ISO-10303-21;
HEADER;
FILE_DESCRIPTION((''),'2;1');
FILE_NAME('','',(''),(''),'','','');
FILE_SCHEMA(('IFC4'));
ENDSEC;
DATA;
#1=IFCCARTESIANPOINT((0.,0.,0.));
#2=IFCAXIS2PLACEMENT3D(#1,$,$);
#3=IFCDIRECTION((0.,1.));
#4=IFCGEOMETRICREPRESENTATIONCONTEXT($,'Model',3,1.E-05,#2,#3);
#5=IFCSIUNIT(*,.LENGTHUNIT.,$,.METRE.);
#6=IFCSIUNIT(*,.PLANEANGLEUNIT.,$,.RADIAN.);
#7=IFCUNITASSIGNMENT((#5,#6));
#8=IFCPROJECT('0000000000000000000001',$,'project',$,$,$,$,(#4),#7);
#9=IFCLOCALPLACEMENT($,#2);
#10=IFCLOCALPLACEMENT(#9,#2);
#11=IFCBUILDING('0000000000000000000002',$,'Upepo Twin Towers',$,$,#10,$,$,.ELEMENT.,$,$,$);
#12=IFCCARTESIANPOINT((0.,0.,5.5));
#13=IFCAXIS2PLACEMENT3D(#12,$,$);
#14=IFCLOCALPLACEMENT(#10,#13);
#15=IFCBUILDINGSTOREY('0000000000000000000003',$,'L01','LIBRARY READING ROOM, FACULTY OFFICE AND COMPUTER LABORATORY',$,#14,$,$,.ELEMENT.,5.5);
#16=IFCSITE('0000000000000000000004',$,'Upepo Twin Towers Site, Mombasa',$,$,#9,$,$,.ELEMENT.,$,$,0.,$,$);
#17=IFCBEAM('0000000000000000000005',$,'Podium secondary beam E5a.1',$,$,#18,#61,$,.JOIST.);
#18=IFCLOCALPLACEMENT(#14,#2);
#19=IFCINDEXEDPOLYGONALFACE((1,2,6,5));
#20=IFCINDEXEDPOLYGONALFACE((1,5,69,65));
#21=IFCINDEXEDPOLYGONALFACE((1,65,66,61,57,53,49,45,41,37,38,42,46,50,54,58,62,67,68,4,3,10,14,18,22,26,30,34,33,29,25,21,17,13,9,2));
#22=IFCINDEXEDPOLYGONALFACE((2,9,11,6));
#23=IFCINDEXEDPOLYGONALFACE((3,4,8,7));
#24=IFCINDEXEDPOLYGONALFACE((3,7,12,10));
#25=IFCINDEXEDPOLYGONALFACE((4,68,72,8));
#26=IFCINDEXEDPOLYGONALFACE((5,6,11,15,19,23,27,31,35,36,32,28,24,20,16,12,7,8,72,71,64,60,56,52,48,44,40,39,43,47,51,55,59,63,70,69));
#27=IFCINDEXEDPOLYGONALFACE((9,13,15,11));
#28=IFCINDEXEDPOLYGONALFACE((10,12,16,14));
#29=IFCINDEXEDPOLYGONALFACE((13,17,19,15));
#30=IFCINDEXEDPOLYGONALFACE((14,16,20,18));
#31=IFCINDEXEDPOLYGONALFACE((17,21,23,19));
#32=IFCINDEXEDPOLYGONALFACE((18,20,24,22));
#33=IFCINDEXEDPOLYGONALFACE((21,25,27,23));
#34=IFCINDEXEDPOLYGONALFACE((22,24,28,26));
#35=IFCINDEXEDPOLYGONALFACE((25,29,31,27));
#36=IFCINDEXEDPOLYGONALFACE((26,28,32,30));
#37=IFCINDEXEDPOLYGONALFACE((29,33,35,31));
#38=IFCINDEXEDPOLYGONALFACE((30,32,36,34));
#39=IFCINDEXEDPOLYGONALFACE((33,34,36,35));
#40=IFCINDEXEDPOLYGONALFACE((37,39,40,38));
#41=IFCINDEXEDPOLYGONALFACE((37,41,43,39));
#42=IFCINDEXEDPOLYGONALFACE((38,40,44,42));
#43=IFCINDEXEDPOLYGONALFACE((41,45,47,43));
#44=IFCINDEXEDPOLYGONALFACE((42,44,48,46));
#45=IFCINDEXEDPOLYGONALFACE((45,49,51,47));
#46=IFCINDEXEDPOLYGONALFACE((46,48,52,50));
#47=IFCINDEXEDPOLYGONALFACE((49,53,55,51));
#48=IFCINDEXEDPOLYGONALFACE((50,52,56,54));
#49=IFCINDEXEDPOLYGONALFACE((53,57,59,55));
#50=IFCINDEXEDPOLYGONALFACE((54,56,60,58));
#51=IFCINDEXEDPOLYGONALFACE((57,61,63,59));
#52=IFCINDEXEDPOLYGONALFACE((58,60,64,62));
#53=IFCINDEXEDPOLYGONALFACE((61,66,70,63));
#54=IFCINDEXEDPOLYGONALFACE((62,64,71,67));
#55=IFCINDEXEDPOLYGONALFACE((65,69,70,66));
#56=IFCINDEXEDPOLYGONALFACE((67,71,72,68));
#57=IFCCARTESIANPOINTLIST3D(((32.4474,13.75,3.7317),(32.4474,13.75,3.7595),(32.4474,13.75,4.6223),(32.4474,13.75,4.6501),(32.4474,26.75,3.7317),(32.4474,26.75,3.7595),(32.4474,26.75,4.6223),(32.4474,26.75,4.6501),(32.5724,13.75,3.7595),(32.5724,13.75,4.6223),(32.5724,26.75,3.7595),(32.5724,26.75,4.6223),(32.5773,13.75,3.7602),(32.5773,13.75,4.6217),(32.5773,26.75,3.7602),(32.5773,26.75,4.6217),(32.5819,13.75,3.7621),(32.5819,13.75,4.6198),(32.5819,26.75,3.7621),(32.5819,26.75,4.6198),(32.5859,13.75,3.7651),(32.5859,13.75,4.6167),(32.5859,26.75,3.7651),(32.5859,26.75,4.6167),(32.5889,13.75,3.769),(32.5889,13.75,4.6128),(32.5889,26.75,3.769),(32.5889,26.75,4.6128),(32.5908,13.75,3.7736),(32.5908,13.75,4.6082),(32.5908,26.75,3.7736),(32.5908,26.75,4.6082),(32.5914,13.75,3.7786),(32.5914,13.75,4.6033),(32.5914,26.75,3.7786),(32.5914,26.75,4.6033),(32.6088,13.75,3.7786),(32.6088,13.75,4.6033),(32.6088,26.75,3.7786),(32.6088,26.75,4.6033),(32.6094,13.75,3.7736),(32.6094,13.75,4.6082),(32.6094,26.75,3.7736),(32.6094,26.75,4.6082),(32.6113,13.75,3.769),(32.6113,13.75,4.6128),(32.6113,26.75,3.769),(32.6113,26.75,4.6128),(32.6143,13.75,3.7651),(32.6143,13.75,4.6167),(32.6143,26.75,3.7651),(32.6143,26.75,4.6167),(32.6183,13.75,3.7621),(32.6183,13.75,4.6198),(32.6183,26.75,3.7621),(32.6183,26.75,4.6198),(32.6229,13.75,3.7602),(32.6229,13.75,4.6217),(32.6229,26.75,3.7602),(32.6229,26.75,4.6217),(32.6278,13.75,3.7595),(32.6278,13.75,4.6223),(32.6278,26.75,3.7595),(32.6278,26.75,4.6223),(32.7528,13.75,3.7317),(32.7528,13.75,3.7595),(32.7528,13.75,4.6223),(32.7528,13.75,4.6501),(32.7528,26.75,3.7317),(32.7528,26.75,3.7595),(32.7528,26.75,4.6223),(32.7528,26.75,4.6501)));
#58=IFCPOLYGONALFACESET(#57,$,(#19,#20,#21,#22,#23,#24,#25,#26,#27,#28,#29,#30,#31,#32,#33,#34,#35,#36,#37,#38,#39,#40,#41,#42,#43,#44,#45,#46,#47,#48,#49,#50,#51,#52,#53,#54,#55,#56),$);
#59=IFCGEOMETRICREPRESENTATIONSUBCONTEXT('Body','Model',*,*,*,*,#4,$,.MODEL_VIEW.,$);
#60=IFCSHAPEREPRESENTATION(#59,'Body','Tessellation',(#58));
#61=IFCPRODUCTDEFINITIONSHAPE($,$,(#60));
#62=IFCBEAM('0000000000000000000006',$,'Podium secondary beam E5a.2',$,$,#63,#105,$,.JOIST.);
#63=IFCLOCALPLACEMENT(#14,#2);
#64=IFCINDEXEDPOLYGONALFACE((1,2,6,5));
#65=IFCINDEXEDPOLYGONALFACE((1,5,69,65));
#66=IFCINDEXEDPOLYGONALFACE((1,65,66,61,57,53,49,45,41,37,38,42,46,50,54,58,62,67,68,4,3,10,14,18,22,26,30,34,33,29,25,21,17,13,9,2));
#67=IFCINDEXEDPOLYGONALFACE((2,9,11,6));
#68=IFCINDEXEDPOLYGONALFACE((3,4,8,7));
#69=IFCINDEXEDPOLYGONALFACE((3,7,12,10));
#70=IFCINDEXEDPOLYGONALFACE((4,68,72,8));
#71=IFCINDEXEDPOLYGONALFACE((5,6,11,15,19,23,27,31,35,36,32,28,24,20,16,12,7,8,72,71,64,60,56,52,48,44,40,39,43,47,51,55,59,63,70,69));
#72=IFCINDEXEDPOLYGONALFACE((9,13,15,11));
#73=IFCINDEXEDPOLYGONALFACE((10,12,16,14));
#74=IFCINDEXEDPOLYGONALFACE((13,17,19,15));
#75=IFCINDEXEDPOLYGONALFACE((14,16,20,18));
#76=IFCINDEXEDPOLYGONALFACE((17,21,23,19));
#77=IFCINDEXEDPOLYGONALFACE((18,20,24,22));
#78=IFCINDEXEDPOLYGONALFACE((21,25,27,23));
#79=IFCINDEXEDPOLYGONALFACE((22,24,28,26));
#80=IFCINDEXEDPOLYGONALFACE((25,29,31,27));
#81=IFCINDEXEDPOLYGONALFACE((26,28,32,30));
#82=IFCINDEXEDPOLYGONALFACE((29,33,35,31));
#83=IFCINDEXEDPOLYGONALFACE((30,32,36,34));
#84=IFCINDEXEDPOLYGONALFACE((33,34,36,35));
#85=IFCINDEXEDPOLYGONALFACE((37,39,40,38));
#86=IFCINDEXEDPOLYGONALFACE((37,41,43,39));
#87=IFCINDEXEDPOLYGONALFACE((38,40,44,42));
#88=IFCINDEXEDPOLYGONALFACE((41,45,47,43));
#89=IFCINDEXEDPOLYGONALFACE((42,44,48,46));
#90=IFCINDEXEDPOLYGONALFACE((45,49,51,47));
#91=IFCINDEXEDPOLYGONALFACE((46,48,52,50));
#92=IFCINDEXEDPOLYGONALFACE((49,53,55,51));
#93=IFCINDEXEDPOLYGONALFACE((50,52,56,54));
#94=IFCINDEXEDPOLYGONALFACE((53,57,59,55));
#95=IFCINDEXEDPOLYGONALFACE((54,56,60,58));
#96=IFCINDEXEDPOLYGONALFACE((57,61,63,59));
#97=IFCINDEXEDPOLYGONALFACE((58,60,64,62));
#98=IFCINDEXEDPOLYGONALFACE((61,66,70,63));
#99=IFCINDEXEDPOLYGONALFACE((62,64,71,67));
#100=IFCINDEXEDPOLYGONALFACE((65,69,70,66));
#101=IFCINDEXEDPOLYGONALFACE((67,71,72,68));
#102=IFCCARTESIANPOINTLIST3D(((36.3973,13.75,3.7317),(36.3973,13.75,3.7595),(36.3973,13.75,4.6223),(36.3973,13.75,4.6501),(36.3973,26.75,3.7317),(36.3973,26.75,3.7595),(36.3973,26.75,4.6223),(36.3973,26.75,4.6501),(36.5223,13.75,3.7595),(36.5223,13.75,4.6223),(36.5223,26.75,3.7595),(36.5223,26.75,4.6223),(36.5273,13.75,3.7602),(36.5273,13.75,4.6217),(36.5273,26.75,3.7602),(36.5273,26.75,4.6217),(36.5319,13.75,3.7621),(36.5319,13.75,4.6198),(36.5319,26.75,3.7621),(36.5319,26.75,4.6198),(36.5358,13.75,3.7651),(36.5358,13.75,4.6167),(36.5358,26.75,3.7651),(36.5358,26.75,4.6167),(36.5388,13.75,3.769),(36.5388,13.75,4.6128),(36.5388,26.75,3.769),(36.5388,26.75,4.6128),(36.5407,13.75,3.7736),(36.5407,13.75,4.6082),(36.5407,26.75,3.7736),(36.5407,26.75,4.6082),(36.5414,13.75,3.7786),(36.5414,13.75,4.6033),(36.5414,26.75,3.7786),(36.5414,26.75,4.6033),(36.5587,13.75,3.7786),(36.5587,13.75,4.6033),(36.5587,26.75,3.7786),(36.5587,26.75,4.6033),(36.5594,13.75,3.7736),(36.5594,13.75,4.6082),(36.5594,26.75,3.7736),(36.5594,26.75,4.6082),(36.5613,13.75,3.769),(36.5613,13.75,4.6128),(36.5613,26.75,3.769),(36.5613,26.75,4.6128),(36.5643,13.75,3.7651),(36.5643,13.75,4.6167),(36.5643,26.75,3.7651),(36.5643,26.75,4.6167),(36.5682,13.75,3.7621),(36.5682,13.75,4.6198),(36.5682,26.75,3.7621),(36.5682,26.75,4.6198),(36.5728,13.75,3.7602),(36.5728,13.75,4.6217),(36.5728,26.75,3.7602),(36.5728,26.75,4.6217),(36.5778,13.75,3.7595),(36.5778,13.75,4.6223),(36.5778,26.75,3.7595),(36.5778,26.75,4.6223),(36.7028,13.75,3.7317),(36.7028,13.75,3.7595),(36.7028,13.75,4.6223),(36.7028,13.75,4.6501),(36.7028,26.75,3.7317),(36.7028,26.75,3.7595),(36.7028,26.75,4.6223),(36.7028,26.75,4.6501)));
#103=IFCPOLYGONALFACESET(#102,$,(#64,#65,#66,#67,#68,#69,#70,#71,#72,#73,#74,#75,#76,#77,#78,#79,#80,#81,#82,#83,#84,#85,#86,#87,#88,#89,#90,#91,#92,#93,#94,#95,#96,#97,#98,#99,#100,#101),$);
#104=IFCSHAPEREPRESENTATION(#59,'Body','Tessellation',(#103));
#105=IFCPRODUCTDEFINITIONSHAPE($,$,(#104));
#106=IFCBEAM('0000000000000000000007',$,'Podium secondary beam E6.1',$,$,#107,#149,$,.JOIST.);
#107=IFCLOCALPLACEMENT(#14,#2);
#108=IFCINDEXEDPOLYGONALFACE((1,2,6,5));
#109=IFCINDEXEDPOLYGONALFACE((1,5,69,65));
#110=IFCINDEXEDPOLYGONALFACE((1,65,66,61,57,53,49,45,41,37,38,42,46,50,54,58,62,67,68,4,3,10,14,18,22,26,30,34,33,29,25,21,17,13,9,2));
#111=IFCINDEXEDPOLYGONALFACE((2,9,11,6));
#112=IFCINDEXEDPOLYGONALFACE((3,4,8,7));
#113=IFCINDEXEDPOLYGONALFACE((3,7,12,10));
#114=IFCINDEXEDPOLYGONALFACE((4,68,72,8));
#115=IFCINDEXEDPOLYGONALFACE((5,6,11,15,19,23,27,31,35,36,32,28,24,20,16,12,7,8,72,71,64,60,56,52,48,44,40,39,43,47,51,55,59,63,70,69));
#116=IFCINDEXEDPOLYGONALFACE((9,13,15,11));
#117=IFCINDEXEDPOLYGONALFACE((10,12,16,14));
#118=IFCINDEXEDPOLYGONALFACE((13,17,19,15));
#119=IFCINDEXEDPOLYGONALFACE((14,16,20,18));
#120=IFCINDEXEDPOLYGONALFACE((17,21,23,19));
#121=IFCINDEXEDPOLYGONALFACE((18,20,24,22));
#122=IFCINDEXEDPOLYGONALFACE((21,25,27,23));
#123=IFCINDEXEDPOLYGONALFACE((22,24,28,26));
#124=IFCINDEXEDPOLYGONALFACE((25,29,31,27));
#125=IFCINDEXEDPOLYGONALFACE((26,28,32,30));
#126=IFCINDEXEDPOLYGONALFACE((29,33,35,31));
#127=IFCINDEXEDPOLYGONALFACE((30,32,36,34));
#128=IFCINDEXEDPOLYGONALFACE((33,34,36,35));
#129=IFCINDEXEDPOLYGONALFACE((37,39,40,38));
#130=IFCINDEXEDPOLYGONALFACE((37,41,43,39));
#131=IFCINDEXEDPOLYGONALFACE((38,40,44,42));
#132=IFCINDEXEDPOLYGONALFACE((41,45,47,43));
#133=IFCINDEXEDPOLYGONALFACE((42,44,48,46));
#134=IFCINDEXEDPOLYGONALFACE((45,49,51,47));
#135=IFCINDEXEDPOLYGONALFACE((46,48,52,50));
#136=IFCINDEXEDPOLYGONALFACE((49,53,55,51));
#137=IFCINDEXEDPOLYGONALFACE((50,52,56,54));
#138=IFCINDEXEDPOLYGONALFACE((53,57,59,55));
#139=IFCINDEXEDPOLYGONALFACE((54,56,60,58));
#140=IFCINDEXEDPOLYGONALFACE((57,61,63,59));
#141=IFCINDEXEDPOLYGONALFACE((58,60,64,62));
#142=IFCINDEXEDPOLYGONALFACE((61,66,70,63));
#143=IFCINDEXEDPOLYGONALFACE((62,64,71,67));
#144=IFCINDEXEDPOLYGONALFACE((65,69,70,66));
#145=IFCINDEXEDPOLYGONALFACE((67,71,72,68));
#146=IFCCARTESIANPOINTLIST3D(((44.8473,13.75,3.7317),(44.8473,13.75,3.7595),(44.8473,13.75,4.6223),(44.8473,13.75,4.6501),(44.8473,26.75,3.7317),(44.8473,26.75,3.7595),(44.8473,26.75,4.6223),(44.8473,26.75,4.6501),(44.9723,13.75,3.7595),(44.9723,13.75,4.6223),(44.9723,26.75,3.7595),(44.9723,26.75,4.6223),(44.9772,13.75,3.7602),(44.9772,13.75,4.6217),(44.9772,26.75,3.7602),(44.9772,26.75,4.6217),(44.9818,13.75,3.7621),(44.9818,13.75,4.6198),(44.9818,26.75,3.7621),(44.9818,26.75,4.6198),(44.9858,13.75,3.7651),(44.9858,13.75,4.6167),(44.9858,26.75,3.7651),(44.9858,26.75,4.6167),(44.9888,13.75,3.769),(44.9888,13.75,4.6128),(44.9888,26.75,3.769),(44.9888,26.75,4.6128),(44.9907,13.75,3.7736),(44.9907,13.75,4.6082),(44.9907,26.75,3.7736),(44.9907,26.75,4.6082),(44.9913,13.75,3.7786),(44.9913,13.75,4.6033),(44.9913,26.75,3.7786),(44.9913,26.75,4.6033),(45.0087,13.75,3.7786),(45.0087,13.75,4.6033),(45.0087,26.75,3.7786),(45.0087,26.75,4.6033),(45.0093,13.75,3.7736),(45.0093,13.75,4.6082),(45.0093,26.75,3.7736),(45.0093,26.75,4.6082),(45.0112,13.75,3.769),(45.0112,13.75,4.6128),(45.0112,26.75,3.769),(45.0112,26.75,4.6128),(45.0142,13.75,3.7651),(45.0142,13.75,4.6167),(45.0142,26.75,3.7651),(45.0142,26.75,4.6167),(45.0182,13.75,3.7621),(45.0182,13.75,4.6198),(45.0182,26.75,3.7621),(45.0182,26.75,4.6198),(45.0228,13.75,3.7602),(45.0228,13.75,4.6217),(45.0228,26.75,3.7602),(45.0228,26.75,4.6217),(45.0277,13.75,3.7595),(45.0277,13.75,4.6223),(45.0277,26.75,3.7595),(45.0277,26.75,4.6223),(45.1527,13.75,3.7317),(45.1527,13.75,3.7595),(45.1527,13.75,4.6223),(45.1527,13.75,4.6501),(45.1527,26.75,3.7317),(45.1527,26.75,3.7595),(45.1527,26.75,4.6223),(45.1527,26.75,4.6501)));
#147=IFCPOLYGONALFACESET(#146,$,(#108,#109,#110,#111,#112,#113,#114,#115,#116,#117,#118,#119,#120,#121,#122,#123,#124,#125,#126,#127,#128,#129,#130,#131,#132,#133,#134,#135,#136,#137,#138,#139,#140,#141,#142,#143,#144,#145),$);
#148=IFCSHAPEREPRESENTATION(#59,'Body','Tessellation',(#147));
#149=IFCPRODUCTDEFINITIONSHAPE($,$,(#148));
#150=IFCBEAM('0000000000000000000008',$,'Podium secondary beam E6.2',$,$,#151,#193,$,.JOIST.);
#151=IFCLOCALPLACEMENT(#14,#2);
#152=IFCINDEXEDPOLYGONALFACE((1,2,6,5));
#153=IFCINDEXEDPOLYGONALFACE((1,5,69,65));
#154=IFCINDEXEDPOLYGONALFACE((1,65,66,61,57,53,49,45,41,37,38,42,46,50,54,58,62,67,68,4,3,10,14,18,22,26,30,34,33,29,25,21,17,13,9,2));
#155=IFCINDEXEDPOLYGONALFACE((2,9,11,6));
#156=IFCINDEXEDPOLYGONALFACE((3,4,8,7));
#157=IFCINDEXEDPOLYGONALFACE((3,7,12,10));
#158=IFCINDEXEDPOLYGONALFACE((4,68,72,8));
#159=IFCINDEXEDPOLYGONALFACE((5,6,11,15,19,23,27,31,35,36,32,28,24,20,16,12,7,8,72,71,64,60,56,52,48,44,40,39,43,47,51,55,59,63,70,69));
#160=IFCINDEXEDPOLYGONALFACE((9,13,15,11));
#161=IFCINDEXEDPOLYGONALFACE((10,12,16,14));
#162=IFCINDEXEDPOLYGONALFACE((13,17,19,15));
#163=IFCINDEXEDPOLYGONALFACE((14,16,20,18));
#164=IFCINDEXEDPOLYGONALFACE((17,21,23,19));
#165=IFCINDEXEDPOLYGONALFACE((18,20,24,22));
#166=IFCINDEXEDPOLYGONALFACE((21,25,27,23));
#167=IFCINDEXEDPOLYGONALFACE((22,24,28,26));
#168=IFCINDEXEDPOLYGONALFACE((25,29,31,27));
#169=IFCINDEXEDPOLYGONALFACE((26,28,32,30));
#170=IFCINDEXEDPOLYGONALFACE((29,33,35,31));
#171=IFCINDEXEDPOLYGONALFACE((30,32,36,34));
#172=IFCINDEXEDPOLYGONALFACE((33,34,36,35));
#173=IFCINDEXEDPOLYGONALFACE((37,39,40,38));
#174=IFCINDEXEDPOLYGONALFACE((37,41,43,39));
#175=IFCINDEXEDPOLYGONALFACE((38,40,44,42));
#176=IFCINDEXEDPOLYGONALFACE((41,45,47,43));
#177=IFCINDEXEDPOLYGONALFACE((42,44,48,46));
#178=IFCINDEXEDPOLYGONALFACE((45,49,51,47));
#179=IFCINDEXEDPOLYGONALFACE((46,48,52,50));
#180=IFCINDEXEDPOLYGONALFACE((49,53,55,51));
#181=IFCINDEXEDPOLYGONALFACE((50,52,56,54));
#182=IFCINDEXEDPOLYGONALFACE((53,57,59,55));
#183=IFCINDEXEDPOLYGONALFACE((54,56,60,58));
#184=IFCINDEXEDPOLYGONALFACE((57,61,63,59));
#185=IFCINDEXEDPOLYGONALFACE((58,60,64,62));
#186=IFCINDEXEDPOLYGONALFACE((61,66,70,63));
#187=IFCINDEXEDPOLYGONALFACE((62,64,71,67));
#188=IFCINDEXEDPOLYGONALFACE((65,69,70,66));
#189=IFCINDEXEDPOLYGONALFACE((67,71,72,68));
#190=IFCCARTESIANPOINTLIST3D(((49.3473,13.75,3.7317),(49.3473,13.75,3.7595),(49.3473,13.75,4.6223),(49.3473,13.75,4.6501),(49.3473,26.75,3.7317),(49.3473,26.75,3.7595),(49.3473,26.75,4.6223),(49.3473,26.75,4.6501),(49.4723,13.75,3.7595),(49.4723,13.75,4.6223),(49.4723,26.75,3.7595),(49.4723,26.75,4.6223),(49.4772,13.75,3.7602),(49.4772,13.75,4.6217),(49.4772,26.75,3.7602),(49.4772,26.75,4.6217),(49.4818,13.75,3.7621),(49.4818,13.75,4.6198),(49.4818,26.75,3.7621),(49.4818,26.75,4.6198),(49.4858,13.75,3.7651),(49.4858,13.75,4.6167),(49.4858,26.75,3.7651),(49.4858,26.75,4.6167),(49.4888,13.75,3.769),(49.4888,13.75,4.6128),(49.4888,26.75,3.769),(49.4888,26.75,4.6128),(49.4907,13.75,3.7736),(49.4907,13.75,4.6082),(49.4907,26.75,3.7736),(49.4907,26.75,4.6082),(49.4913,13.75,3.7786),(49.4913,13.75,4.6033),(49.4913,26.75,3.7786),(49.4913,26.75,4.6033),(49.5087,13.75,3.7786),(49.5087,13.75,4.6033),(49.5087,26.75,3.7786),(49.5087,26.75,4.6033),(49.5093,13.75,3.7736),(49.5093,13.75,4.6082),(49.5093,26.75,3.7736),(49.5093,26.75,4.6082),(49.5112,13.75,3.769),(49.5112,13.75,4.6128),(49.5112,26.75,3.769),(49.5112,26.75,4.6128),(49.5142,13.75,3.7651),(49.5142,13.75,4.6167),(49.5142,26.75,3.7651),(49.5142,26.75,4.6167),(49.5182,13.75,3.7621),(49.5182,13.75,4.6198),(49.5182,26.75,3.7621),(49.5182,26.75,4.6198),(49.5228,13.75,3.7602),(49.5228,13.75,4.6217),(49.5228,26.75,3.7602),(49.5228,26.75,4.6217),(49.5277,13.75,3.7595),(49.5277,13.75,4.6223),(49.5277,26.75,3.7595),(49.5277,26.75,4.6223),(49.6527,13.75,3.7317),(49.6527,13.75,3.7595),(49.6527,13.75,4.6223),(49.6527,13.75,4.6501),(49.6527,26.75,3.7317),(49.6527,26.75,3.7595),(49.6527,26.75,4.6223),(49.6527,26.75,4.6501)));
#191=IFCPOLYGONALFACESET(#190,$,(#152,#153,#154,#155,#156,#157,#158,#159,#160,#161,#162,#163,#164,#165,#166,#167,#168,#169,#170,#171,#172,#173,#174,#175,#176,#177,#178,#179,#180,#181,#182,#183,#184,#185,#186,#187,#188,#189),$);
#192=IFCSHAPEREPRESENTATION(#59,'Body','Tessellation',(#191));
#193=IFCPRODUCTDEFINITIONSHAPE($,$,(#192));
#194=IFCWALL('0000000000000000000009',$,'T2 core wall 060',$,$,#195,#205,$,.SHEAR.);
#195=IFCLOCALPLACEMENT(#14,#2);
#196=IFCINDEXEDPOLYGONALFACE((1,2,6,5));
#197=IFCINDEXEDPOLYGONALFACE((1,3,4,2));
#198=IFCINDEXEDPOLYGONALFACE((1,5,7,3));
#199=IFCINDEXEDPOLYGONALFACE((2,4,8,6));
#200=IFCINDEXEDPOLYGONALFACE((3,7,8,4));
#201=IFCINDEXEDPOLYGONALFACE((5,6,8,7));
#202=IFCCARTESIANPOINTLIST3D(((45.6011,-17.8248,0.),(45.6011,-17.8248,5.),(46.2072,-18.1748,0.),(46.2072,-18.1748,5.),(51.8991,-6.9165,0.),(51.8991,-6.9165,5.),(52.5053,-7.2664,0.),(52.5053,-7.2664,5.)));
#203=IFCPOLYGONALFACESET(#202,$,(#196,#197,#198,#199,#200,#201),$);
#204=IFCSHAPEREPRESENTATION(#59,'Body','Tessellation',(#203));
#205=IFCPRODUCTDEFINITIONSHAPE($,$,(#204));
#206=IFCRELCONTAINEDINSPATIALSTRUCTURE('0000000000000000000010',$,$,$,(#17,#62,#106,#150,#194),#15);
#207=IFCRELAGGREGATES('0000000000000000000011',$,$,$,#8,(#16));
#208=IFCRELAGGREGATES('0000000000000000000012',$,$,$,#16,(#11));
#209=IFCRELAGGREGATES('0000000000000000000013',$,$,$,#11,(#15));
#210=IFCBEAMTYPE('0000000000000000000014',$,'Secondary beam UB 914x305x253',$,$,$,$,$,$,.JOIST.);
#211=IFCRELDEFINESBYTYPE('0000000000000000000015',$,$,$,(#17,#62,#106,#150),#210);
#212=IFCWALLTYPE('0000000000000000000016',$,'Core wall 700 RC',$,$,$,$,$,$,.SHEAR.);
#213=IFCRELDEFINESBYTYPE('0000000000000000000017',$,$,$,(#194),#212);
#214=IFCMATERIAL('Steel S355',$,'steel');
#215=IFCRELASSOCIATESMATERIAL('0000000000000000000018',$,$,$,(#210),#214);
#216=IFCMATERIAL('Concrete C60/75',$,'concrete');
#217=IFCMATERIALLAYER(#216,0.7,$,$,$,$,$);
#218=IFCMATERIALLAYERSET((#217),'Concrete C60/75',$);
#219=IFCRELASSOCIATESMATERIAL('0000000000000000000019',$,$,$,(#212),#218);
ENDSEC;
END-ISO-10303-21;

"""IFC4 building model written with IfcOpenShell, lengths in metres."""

from ifc_helpers import new_model, si_unit, direction, frame, frame_2d, origin, origin_2d, place, context, subcontext, project, spatial, rectangle, i_section, extrude, material, layer, layer_set, material_profile, profile_set, type_object, element, save


model = new_model("IFC4")

# Units and contexts
model_context = context("Model", 3, precision=1e-05, world=origin(), true_north=direction((0.0, 1.0)))
body_context = subcontext(model_context, "Body", "Model", "MODEL_VIEW")
ifc_project = project(units=[si_unit("LENGTHUNIT", "METRE"), si_unit("PLANEANGLEUNIT", "RADIAN")], contexts=[model_context])

# Site, building, storey
site_placement = place(None, origin())
site = spatial("IfcSite", under=ifc_project, at=site_placement, Name="Upepo Twin Towers Site, Mombasa", CompositionType="ELEMENT", RefElevation=0.0)
building_placement = place(site_placement, origin())
building = spatial("IfcBuilding", under=site, at=building_placement, Name="Upepo Twin Towers", CompositionType="ELEMENT")
storey_placement = place(building_placement, frame((0.0, 0.0, 5.5)))
storey = spatial("IfcBuildingStorey", under=building, at=storey_placement, Name="L01", Description="LIBRARY READING ROOM, FACULTY OFFICE AND COMPUTER LABORATORY", CompositionType="ELEMENT", Elevation=5.5)

# Beams
ifc_material_1 = material(Name="Steel S355", Category="steel")
ifc_material_profile_1 = material_profile(ifc_material_1, i_section(OverallWidth=0.3054, OverallDepth=0.9185, WebThickness=0.0173, FlangeThickness=0.0278, FilletRadius=0.019, at=origin_2d()), Name="UB 914x305x253")
ifc_profile_set_1 = profile_set([ifc_material_profile_1], Name="Steel S355")
beam_type_1 = type_object("IfcBeamType", Name="Secondary beam UB 914x305x253", PredefinedType="JOIST", material=ifc_profile_set_1)
for number, where, z_axis, x_axis, name in (
    (1, (32.6001, 13.75, 4.1909), (0.0, 1.0, 0.0), (-1.0, 0.0, 0.0), "Podium secondary beam E5a.1"),
    (2, (36.55, 13.75, 4.1909), (0.0, 1.0, 0.0), (-1.0, 0.0, 0.0), "Podium secondary beam E5a.2"),
    (3, (45.0, 13.75, 4.1909), (0.0, 1.0, 0.0), (-1.0, 0.0, 0.0), "Podium secondary beam E6.1"),
    (4, (49.5, 13.75, 4.1909), (0.0, 1.0, 0.0), (-1.0, 0.0, 0.0), "Podium secondary beam E6.2"),
):
    element("IfcBeam", number, at=place(storey_placement, frame(where, z_axis=z_axis, x_axis=x_axis)), inside=storey, type_object=beam_type_1, Name=name, PredefinedType="JOIST", context=body_context, shape_type="SweptSolid", body=[
        extrude(i_section(OverallWidth=0.3054, OverallDepth=0.9185, WebThickness=0.0173, FlangeThickness=0.0278, FilletRadius=0.019, at=origin_2d()), origin(), (0.0, 0.0, 1.0), 13.0),
    ])

# Wall
ifc_material_2 = material(Name="Concrete C60/75", Category="concrete")
ifc_layer_1 = layer(ifc_material_2, 0.7)
ifc_layer_set_1 = layer_set([ifc_layer_1], Name="Concrete C60/75")
wall_type_1 = type_object("IfcWallType", Name="Core wall 700 RC", PredefinedType="SHEAR", material=ifc_layer_set_1)
wall_1_placement = place(storey_placement, frame((52.2021, -7.0916, 0.0), z_axis=(0.0, 0.0, 1.0), x_axis=(-0.500006, -0.866022, 0.0)))
element("IfcWall", 5, at=wall_1_placement, inside=storey, type_object=wall_type_1, Name="T2 core wall 060", PredefinedType="SHEAR", context=body_context, shape_type="SweptSolid", body=[
    extrude(rectangle(XDim=12.5959, YDim=0.7, at=frame_2d((6.2979, 0.0))), origin(), (0.0, 0.0, 1.0), 5.0),
])

save(model, "model.ifc")
